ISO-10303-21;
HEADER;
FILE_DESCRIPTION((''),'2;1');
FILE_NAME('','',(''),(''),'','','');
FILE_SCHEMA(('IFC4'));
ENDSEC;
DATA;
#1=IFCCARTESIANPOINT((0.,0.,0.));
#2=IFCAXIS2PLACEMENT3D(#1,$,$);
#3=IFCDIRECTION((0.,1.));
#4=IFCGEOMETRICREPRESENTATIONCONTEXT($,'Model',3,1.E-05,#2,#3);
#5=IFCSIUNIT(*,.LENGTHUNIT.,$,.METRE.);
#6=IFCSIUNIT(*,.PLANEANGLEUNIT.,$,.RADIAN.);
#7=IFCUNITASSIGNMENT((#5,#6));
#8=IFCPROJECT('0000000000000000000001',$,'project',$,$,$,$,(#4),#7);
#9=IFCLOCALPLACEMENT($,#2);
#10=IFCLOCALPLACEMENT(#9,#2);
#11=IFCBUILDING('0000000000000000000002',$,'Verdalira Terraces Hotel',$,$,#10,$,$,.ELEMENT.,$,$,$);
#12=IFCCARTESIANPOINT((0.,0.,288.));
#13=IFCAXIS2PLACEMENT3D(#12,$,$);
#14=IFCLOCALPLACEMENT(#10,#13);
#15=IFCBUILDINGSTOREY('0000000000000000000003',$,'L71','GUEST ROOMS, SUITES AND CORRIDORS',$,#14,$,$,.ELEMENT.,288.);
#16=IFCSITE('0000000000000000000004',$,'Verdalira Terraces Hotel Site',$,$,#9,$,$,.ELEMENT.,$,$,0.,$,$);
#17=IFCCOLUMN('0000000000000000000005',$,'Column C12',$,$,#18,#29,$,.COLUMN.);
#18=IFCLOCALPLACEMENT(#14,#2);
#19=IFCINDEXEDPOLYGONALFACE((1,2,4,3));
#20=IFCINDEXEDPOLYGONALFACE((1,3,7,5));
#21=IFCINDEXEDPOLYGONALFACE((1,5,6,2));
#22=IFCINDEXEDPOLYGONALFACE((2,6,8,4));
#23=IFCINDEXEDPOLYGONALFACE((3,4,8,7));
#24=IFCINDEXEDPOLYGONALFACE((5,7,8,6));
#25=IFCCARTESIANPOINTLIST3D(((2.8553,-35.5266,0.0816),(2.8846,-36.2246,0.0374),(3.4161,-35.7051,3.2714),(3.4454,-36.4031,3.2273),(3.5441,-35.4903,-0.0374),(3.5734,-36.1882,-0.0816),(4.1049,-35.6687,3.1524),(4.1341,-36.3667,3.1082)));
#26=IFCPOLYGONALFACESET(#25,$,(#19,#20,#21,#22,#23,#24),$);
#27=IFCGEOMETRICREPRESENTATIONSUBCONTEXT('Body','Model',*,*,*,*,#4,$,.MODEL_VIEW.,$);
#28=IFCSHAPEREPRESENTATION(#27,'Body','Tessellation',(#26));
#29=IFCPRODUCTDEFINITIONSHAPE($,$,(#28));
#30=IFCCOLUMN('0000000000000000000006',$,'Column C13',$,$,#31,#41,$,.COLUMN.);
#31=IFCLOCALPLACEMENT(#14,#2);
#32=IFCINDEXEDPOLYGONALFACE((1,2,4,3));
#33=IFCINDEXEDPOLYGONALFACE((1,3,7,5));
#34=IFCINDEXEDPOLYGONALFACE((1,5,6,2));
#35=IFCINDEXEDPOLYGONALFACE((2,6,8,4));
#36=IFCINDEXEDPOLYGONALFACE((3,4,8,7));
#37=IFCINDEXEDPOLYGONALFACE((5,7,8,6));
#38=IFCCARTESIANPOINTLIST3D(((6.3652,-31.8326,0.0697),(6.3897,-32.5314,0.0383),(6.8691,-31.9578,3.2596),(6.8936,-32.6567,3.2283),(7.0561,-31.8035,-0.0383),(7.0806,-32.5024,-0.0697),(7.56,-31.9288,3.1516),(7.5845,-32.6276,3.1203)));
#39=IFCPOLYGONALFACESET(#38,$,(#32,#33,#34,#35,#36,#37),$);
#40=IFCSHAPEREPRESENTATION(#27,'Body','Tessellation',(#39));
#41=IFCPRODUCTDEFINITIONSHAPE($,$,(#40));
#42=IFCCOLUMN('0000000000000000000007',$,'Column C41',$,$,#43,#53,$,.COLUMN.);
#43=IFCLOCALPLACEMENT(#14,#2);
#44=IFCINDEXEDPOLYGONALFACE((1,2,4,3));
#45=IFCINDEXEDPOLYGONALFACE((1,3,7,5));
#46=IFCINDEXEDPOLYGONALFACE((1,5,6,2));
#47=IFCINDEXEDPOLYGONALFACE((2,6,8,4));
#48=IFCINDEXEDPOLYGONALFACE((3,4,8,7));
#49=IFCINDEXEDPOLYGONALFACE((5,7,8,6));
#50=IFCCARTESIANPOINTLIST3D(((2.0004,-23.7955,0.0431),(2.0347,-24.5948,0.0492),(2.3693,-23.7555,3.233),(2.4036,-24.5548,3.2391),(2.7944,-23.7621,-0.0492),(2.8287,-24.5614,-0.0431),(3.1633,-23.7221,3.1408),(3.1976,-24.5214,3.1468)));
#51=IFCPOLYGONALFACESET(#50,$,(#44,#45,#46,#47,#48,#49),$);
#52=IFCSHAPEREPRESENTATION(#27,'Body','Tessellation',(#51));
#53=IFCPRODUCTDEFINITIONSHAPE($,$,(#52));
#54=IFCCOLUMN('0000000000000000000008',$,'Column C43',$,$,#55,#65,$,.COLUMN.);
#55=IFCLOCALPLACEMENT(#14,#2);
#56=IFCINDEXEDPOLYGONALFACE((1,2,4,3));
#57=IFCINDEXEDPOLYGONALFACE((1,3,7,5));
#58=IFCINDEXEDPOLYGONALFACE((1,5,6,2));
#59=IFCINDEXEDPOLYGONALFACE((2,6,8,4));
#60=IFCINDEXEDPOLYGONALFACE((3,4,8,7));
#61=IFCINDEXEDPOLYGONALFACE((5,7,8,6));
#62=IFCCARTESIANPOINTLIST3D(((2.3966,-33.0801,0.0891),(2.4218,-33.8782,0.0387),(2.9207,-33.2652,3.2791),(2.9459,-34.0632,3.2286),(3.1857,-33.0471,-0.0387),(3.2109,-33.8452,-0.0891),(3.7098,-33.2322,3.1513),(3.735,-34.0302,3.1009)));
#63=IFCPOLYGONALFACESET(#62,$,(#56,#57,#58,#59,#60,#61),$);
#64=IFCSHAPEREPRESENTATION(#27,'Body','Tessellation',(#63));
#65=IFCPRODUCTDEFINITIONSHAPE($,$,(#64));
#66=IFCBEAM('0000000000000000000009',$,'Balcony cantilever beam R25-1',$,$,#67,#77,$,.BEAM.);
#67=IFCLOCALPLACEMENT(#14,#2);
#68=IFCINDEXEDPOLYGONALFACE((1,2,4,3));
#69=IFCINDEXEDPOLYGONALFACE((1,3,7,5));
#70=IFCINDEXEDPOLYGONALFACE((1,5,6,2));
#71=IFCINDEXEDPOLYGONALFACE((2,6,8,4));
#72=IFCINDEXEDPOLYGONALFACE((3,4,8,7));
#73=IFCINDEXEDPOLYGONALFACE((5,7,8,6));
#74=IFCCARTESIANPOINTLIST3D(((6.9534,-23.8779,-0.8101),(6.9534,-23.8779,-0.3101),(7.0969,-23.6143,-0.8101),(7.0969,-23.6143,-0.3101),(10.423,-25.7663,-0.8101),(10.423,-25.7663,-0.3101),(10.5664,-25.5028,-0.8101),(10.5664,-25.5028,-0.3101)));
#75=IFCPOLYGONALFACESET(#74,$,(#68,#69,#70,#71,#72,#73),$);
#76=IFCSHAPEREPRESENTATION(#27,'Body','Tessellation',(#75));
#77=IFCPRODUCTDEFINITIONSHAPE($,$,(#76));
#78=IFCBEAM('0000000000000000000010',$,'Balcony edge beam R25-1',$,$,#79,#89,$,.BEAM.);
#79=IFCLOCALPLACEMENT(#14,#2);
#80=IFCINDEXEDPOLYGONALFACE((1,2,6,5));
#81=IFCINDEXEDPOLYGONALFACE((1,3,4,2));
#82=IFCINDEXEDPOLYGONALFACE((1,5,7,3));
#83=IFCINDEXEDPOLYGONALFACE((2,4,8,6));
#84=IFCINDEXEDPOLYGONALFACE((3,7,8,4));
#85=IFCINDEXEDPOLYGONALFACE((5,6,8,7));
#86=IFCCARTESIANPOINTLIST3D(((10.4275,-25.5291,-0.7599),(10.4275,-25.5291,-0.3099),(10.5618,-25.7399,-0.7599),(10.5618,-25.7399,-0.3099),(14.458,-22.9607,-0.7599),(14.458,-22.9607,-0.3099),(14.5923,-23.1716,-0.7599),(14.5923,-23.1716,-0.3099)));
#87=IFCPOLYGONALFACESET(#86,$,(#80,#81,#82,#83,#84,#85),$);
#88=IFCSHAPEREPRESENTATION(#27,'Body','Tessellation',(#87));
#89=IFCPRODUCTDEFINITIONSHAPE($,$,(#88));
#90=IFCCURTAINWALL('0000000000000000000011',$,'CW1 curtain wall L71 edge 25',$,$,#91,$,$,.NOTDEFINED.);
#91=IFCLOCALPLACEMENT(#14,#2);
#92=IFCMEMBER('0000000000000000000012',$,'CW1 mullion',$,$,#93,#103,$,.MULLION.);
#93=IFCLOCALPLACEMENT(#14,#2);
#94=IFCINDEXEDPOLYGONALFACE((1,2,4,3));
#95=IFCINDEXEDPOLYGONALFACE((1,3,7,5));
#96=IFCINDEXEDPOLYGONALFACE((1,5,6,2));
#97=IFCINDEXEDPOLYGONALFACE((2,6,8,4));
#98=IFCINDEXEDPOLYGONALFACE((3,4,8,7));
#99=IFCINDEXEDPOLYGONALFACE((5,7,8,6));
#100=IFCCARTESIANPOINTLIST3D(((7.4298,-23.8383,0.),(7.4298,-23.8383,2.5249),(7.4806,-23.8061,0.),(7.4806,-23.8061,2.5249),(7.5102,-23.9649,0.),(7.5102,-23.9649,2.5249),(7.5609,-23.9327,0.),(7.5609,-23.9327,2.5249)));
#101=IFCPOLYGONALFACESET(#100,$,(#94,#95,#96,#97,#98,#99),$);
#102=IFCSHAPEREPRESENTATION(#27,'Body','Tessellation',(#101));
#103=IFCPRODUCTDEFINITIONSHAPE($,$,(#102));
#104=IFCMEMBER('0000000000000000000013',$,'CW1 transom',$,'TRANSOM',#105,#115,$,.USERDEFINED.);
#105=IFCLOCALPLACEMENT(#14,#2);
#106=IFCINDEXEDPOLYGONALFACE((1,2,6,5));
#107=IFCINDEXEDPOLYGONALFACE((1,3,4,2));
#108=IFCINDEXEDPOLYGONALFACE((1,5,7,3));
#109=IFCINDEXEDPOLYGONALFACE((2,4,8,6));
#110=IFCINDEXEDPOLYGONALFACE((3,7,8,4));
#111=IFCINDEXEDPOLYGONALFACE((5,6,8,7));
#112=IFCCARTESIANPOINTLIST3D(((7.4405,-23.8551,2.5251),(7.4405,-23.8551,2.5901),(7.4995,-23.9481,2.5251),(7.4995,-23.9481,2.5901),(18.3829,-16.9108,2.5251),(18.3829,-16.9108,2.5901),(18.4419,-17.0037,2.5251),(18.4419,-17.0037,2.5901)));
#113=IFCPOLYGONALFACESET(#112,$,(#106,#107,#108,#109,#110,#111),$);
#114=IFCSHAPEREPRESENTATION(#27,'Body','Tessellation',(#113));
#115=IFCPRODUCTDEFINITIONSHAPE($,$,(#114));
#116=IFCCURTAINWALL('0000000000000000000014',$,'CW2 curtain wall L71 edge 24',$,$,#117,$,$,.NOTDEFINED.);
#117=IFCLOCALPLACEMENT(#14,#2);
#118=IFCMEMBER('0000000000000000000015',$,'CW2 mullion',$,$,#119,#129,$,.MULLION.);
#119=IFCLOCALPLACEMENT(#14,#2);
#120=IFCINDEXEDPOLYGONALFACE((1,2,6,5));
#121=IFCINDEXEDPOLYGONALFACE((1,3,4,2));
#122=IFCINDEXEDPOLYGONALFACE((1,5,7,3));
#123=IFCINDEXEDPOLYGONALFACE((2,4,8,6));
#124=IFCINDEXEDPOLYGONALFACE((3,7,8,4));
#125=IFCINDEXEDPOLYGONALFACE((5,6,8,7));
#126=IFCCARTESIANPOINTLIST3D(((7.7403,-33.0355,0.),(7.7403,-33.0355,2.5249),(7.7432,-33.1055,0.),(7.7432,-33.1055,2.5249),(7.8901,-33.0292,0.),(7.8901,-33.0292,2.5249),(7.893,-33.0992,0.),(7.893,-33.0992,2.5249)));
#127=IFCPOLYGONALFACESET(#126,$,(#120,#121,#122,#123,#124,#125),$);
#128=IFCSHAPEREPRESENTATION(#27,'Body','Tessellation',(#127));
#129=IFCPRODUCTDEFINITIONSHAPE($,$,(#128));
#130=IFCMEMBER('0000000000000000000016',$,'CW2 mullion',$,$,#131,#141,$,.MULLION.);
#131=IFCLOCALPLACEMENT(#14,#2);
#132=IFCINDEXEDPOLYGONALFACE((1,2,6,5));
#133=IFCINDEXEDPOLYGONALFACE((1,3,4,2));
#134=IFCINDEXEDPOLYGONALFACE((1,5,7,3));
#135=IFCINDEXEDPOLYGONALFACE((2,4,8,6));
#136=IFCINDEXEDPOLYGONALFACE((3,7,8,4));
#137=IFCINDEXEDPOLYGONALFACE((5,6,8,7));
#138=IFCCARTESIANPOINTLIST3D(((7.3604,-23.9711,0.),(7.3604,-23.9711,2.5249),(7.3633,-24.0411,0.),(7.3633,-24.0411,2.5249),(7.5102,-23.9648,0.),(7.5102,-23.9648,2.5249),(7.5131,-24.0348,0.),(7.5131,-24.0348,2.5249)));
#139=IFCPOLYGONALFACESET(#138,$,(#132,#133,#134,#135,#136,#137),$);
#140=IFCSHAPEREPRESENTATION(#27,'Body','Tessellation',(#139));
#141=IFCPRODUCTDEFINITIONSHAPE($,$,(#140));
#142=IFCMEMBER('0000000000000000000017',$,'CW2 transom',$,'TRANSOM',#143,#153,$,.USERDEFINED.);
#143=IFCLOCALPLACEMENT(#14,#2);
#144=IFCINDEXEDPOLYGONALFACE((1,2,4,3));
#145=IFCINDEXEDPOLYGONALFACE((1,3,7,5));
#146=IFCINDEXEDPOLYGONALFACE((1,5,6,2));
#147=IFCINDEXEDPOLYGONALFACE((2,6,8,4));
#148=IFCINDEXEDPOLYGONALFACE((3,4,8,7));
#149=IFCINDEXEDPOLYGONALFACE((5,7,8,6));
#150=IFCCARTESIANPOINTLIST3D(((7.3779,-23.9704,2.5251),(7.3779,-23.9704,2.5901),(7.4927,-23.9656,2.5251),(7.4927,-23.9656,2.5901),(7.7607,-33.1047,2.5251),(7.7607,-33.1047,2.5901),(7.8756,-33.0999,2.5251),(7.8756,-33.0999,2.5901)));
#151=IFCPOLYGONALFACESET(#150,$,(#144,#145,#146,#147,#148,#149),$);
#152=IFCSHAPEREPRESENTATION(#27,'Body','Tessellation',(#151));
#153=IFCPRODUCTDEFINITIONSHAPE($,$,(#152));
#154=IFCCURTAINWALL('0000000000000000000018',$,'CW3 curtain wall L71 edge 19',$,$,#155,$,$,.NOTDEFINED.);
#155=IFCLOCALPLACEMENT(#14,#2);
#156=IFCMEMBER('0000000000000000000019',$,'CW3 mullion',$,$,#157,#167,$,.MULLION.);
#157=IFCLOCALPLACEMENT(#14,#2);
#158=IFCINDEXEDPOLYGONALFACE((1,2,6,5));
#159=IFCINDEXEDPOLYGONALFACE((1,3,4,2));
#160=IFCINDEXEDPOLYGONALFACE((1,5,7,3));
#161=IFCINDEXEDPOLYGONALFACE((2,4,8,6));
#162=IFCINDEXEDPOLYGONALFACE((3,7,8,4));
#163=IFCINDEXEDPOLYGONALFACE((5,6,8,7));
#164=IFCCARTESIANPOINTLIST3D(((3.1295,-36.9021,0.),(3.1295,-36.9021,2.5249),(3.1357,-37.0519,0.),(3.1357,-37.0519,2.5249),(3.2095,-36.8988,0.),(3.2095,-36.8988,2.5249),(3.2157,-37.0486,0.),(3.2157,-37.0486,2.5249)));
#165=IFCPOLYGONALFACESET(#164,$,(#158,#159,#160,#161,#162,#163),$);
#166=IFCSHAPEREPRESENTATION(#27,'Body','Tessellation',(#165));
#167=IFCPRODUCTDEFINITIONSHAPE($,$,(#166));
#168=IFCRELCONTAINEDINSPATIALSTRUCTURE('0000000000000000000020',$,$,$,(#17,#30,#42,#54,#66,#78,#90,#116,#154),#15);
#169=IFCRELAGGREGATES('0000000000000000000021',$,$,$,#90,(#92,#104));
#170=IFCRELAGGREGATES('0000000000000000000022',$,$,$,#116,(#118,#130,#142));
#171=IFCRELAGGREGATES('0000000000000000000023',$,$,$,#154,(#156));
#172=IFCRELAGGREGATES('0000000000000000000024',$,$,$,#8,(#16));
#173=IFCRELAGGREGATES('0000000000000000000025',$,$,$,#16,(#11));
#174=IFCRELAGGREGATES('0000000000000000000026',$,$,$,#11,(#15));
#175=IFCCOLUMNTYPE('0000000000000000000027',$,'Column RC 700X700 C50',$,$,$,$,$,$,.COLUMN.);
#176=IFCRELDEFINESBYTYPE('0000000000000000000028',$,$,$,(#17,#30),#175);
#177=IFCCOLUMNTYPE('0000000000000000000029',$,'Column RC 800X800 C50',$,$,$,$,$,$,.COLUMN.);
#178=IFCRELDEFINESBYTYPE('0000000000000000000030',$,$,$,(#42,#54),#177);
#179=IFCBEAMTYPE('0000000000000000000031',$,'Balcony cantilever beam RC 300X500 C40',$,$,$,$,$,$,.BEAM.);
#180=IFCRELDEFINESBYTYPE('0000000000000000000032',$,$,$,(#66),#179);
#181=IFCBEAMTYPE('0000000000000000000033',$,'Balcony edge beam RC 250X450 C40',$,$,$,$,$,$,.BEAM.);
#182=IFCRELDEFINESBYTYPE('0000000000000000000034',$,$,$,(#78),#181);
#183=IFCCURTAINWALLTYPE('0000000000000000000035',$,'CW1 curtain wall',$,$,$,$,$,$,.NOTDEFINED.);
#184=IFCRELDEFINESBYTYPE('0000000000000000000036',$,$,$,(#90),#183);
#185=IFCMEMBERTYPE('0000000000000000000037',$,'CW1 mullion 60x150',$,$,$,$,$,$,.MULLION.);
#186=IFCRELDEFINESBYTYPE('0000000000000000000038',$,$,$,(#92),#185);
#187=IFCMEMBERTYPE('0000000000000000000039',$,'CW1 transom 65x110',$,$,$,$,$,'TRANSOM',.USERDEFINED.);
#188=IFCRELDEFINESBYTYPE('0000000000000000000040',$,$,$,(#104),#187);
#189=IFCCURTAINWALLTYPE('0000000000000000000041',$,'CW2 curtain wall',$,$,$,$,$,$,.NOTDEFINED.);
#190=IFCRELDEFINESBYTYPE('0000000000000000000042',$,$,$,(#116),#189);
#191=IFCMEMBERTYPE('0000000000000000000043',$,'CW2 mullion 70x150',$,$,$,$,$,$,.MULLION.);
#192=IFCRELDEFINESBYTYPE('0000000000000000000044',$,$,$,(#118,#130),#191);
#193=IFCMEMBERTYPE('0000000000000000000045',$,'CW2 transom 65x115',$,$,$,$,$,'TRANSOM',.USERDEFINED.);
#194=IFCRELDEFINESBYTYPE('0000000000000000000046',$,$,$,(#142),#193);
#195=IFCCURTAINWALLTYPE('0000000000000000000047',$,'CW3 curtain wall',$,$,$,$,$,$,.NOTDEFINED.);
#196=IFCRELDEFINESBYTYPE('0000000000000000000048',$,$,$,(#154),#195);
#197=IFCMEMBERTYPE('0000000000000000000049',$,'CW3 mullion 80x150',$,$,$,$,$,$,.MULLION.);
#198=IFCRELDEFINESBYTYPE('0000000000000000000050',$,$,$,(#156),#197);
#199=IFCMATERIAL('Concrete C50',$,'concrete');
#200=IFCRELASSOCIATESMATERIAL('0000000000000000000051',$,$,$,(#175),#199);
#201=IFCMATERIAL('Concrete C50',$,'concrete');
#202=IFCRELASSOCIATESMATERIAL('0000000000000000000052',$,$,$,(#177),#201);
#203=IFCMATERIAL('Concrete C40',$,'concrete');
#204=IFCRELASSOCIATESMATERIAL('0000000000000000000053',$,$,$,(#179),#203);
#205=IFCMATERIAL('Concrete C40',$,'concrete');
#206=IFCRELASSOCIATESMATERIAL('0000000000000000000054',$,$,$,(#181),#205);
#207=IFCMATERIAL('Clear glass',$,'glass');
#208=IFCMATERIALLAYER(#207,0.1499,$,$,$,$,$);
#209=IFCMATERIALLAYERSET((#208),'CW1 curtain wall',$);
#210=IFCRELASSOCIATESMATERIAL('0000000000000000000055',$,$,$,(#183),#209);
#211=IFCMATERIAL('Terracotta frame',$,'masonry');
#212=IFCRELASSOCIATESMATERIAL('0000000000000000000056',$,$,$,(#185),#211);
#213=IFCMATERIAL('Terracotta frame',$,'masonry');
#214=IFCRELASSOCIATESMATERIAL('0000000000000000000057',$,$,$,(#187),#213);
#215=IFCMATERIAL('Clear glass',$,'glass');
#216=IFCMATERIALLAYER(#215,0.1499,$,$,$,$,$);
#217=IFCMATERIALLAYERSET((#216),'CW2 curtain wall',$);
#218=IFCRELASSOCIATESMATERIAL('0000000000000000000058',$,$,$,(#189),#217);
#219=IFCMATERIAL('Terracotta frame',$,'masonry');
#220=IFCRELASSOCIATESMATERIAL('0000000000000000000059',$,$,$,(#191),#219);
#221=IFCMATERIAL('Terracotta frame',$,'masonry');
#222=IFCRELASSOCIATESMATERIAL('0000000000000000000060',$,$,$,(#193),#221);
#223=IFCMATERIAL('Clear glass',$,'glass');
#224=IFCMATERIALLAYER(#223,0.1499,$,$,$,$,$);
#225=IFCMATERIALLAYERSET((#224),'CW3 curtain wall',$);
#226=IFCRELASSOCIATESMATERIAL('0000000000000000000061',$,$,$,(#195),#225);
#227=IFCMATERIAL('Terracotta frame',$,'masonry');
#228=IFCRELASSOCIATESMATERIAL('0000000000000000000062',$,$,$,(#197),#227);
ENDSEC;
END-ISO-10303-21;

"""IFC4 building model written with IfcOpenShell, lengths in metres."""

from ifc_helpers import new_model, si_unit, direction, frame, origin, origin_2d, place, context, subcontext, project, spatial, rectangle, extrude, material, layer, layer_set, material_profile, profile_set, type_object, element, aggregate, save


model = new_model("IFC4")

# Units and contexts
model_context = context("Model", 3, precision=1e-05, world=origin(), true_north=direction((0.0, 1.0)))
body_context = subcontext(model_context, "Body", "Model", "MODEL_VIEW")
ifc_project = project(units=[si_unit("LENGTHUNIT", "METRE"), si_unit("PLANEANGLEUNIT", "RADIAN")], contexts=[model_context])

# Site, building, storey
site_placement = place(None, origin())
site = spatial("IfcSite", under=ifc_project, at=site_placement, Name="Verdalira Terraces Hotel Site", CompositionType="ELEMENT", RefElevation=0.0)
building_placement = place(site_placement, origin())
building = spatial("IfcBuilding", under=site, at=building_placement, Name="Verdalira Terraces Hotel", CompositionType="ELEMENT")
storey_placement = place(building_placement, frame((0.0, 0.0, 288.0)))
storey = spatial("IfcBuildingStorey", under=building, at=storey_placement, Name="L71", Description="GUEST ROOMS, SUITES AND CORRIDORS", CompositionType="ELEMENT", Elevation=288.0)

# Columns
ifc_material_1 = material(Name="Concrete C50", Category="concrete")
ifc_material_profile_1 = material_profile(ifc_material_1, rectangle(XDim=0.7, YDim=0.7, at=origin_2d()), Name="RC 700X700")
ifc_profile_set_1 = profile_set([ifc_material_profile_1], Name="Concrete C50")
column_type_1 = type_object("IfcColumnType", Name="Column RC 700X700 C50", PredefinedType="COLUMN", material=ifc_profile_set_1)
column_1_placement = place(storey_placement, frame((3.2144, -35.8574, 0.0), z_axis=(0.172882, -0.055018, 0.983405), x_axis=(0.984056, 0.051997, -0.170088)))
element("IfcColumn", 1, at=column_1_placement, inside=storey, type_object=column_type_1, Name="Column C12", PredefinedType="COLUMN", context=body_context, shape_type="SweptSolid", body=[
    extrude(rectangle(XDim=0.7, YDim=0.7, at=origin_2d()), origin(), (0.0, 0.0, 1.0), 3.2437),
])
column_2_placement = place(storey_placement, frame((6.7229, -32.1675, 0.0), z_axis=(0.155915, -0.038752, 0.98701), x_axis=(-0.035012, 0.998385, 0.04473)))
element("IfcColumn", 2, at=column_2_placement, inside=storey, type_object=column_type_1, Name="Column C13", PredefinedType="COLUMN", context=body_context, shape_type="SweptSolid", body=[
    extrude(rectangle(XDim=0.7, YDim=0.7, at=origin_2d()), origin(), (0.0, 0.0, 1.0), 3.2319),
])
ifc_material_2 = material(Name="Concrete C50", Category="concrete")
ifc_material_profile_2 = material_profile(ifc_material_2, rectangle(XDim=0.8, YDim=0.8, at=origin_2d()), Name="RC 800X800")
ifc_profile_set_2 = profile_set([ifc_material_profile_2], Name="Concrete C50")
column_type_2 = type_object("IfcColumnType", Name="Column RC 800X800 C50", PredefinedType="COLUMN", material=ifc_profile_set_2)
column_3_placement = place(storey_placement, frame((2.4146, -24.1785, 0.0), z_axis=(0.114869, 0.012468, 0.993302), x_axis=(0.042953, -0.999048, 0.007572)))
element("IfcColumn", 3, at=column_3_placement, inside=storey, type_object=column_type_2, Name="Column C41", PredefinedType="COLUMN", context=body_context, shape_type="SweptSolid", body=[
    extrude(rectangle(XDim=0.8, YDim=0.8, at=origin_2d()), origin(), (0.0, 0.0, 1.0), 3.2114),
])
column_4_placement = place(storey_placement, frame((2.8037, -33.4626, 0.0), z_axis=(0.16188, -0.057152, 0.985154), x_axis=(0.031499, -0.997513, -0.063045)))
element("IfcColumn", 4, at=column_4_placement, inside=storey, type_object=column_type_2, Name="Column C43", PredefinedType="COLUMN", context=body_context, shape_type="SweptSolid", body=[
    extrude(rectangle(XDim=0.8, YDim=0.8, at=origin_2d()), origin(), (0.0, 0.0, 1.0), 3.238),
])

# Beams
ifc_material_3 = material(Name="Concrete C40", Category="concrete")
ifc_material_profile_3 = material_profile(ifc_material_3, rectangle(XDim=0.3, YDim=0.5, at=origin_2d()), Name="RC 300X500")
ifc_profile_set_3 = profile_set([ifc_material_profile_3], Name="Concrete C40")
beam_type_1 = type_object("IfcBeamType", Name="Balcony cantilever beam RC 300X500 C40", PredefinedType="BEAM", material=ifc_profile_set_3)
beam_1_placement = place(storey_placement, frame((7.0251, -23.7461, -0.5601), z_axis=(0.878323, -0.478068, 0.0), x_axis=(0.478068, 0.878323, 0.0)))
element("IfcBeam", 5, at=beam_1_placement, inside=storey, type_object=beam_type_1, Name="Balcony cantilever beam R25-1", PredefinedType="BEAM", context=body_context, shape_type="SweptSolid", body=[
    extrude(rectangle(XDim=0.3, YDim=0.5, at=origin_2d()), origin(), (0.0, 0.0, 1.0), 3.9502),
])
ifc_material_4 = material(Name="Concrete C40", Category="concrete")
ifc_material_profile_4 = material_profile(ifc_material_4, rectangle(XDim=0.25, YDim=0.45, at=origin_2d()), Name="RC 250X450")
ifc_profile_set_4 = profile_set([ifc_material_profile_4], Name="Concrete C40")
beam_type_2 = type_object("IfcBeamType", Name="Balcony edge beam RC 250X450 C40", PredefinedType="BEAM", material=ifc_profile_set_4)
beam_2_placement = place(storey_placement, frame((10.4946, -25.6345, -0.5349), z_axis=(0.843331, 0.537394, 0.0), x_axis=(-0.537394, 0.843331, 0.0)))
element("IfcBeam", 6, at=beam_2_placement, inside=storey, type_object=beam_type_2, Name="Balcony edge beam R25-1", PredefinedType="BEAM", context=body_context, shape_type="SweptSolid", body=[
    extrude(rectangle(XDim=0.25, YDim=0.45, at=origin_2d()), origin(), (0.0, 0.0, 1.0), 4.7793),
])

# Curtain walls, members
ifc_material_5 = material(Name="Clear glass", Category="glass")
ifc_layer_1 = layer(ifc_material_5, 0.1499)
ifc_layer_set_1 = layer_set([ifc_layer_1], Name="CW1 curtain wall")
curtain_wall_type_1 = type_object("IfcCurtainWallType", Name="CW1 curtain wall", PredefinedType="NOTDEFINED", material=ifc_layer_set_1)
curtain_wall_1_placement = place(storey_placement, origin())
curtain_wall_1 = element("IfcCurtainWall", 7, at=curtain_wall_1_placement, inside=storey, type_object=curtain_wall_type_1, Name="CW1 curtain wall L71 edge 25", PredefinedType="NOTDEFINED")
ifc_material_6 = material(Name="Terracotta frame", Category="masonry")
ifc_material_profile_5 = material_profile(ifc_material_6, rectangle(XDim=0.0601, YDim=0.1499, at=origin_2d()), Name="MU 60x150")
ifc_profile_set_5 = profile_set([ifc_material_profile_5], Name="Terracotta frame")
member_type_1 = type_object("IfcMemberType", Name="CW1 mullion 60x150", PredefinedType="MULLION", material=ifc_profile_set_5)
member_1_placement = place(storey_placement, frame((7.4954, -23.8855, 0.0), z_axis=(0.0, 0.0, 1.0), x_axis=(0.844328, 0.535827, 0.0)))
member_1 = element("IfcMember", 8, at=member_1_placement, type_object=member_type_1, Name="CW1 mullion", PredefinedType="MULLION", context=body_context, shape_type="SweptSolid", body=[
    extrude(rectangle(XDim=0.0601, YDim=0.1499, at=origin_2d()), origin(), (0.0, 0.0, 1.0), 2.5249),
])
ifc_material_7 = material(Name="Terracotta frame", Category="masonry")
ifc_material_profile_6 = material_profile(ifc_material_7, rectangle(XDim=0.1101, YDim=0.0649, at=origin_2d()), Name="TR 65x110")
ifc_profile_set_6 = profile_set([ifc_material_profile_6], Name="Terracotta frame")
member_type_2 = type_object("IfcMemberType", Name="CW1 transom 65x110", ElementType="TRANSOM", PredefinedType="USERDEFINED", material=ifc_profile_set_6)
member_2_placement = place(storey_placement, frame((7.47, -23.9016, 2.5576), z_axis=(0.844325, 0.535832, 0.0), x_axis=(-0.535832, 0.844325, 0.0)))
member_2 = element("IfcMember", 9, at=member_2_placement, type_object=member_type_2, Name="CW1 transom", ObjectType="TRANSOM", PredefinedType="USERDEFINED", context=body_context, shape_type="SweptSolid", body=[
    extrude(rectangle(XDim=0.1101, YDim=0.0649, at=origin_2d()), origin(), (0.0, 0.0, 1.0), 12.96),
])
aggregate(curtain_wall_1, [member_1, member_2])
ifc_material_8 = material(Name="Clear glass", Category="glass")
ifc_layer_2 = layer(ifc_material_8, 0.1499)
ifc_layer_set_2 = layer_set([ifc_layer_2], Name="CW2 curtain wall")
curtain_wall_type_2 = type_object("IfcCurtainWallType", Name="CW2 curtain wall", PredefinedType="NOTDEFINED", material=ifc_layer_set_2)
curtain_wall_2_placement = place(storey_placement, origin())
curtain_wall_2 = element("IfcCurtainWall", 10, at=curtain_wall_2_placement, inside=storey, type_object=curtain_wall_type_2, Name="CW2 curtain wall L71 edge 24", PredefinedType="NOTDEFINED")
ifc_material_9 = material(Name="Terracotta frame", Category="masonry")
ifc_material_profile_7 = material_profile(ifc_material_9, rectangle(XDim=0.0701, YDim=0.1499, at=origin_2d()), Name="MU 70x150")
ifc_profile_set_7 = profile_set([ifc_material_profile_7], Name="Terracotta frame")
member_type_3 = type_object("IfcMemberType", Name="CW2 mullion 70x150", PredefinedType="MULLION", material=ifc_profile_set_7)
member_3_placement = place(storey_placement, frame((7.8167, -33.0674, 0.0), z_axis=(0.0, 0.0, 1.0), x_axis=(-0.041876, 0.999123, 0.0)))
member_3 = element("IfcMember", 11, at=member_3_placement, type_object=member_type_3, Name="CW2 mullion", PredefinedType="MULLION", context=body_context, shape_type="SweptSolid", body=[
    extrude(rectangle(XDim=0.0701, YDim=0.1499, at=origin_2d()), origin(), (0.0, 0.0, 1.0), 2.5249),
])
member_4_placement = place(storey_placement, frame((7.4368, -24.0029, 0.0), z_axis=(0.0, 0.0, 1.0), x_axis=(-0.041876, 0.999123, 0.0)))
member_4 = element("IfcMember", 12, at=member_4_placement, type_object=member_type_3, Name="CW2 mullion", PredefinedType="MULLION", context=body_context, shape_type="SweptSolid", body=[
    extrude(rectangle(XDim=0.0701, YDim=0.1499, at=origin_2d()), origin(), (0.0, 0.0, 1.0), 2.5249),
])
ifc_material_10 = material(Name="Terracotta frame", Category="masonry")
ifc_material_profile_8 = material_profile(ifc_material_10, rectangle(XDim=0.115, YDim=0.0649, at=origin_2d()), Name="TR 65x115")
ifc_profile_set_8 = profile_set([ifc_material_profile_8], Name="Terracotta frame")
member_type_4 = type_object("IfcMemberType", Name="CW2 transom 65x115", ElementType="TRANSOM", PredefinedType="USERDEFINED", material=ifc_profile_set_8)
member_5_placement = place(storey_placement, frame((7.8181, -33.1023, 2.5576), z_axis=(-0.041873, 0.999123, 0.0), x_axis=(-0.999123, -0.041873, 0.0)))
member_5 = element("IfcMember", 13, at=member_5_placement, type_object=member_type_4, Name="CW2 transom", ObjectType="TRANSOM", PredefinedType="USERDEFINED", context=body_context, shape_type="SweptSolid", body=[
    extrude(rectangle(XDim=0.115, YDim=0.0649, at=origin_2d()), origin(), (0.0, 0.0, 1.0), 9.1423),
])
ifc_material_11 = material(Name="Clear glass", Category="glass")
ifc_layer_3 = layer(ifc_material_11, 0.1499)
ifc_layer_set_3 = layer_set([ifc_layer_3], Name="CW3 curtain wall")
curtain_wall_type_3 = type_object("IfcCurtainWallType", Name="CW3 curtain wall", PredefinedType="NOTDEFINED", material=ifc_layer_set_3)
curtain_wall_3_placement = place(storey_placement, origin())
curtain_wall_3 = element("IfcCurtainWall", 14, at=curtain_wall_3_placement, inside=storey, type_object=curtain_wall_type_3, Name="CW3 curtain wall L71 edge 19", PredefinedType="NOTDEFINED")
ifc_material_12 = material(Name="Terracotta frame", Category="masonry")
ifc_material_profile_9 = material_profile(ifc_material_12, rectangle(XDim=0.0801, YDim=0.1499, at=origin_2d()), Name="MU 80x150")
ifc_profile_set_9 = profile_set([ifc_material_profile_9], Name="Terracotta frame")
member_type_5 = type_object("IfcMemberType", Name="CW3 mullion 80x150", PredefinedType="MULLION", material=ifc_profile_set_9)
member_6_placement = place(storey_placement, frame((3.1726, -36.9753, 0.0), z_axis=(0.0, 0.0, 1.0), x_axis=(0.999123, 0.041876, 0.0)))
member_6 = element("IfcMember", 15, at=member_6_placement, type_object=member_type_5, Name="CW3 mullion", PredefinedType="MULLION", context=body_context, shape_type="SweptSolid", body=[
    extrude(rectangle(XDim=0.0801, YDim=0.1499, at=origin_2d()), origin(), (0.0, 0.0, 1.0), 2.5249),
])

aggregate(curtain_wall_2, [member_3, member_4, member_5])
aggregate(curtain_wall_3, [member_6])

save(model, "model.ifc")
